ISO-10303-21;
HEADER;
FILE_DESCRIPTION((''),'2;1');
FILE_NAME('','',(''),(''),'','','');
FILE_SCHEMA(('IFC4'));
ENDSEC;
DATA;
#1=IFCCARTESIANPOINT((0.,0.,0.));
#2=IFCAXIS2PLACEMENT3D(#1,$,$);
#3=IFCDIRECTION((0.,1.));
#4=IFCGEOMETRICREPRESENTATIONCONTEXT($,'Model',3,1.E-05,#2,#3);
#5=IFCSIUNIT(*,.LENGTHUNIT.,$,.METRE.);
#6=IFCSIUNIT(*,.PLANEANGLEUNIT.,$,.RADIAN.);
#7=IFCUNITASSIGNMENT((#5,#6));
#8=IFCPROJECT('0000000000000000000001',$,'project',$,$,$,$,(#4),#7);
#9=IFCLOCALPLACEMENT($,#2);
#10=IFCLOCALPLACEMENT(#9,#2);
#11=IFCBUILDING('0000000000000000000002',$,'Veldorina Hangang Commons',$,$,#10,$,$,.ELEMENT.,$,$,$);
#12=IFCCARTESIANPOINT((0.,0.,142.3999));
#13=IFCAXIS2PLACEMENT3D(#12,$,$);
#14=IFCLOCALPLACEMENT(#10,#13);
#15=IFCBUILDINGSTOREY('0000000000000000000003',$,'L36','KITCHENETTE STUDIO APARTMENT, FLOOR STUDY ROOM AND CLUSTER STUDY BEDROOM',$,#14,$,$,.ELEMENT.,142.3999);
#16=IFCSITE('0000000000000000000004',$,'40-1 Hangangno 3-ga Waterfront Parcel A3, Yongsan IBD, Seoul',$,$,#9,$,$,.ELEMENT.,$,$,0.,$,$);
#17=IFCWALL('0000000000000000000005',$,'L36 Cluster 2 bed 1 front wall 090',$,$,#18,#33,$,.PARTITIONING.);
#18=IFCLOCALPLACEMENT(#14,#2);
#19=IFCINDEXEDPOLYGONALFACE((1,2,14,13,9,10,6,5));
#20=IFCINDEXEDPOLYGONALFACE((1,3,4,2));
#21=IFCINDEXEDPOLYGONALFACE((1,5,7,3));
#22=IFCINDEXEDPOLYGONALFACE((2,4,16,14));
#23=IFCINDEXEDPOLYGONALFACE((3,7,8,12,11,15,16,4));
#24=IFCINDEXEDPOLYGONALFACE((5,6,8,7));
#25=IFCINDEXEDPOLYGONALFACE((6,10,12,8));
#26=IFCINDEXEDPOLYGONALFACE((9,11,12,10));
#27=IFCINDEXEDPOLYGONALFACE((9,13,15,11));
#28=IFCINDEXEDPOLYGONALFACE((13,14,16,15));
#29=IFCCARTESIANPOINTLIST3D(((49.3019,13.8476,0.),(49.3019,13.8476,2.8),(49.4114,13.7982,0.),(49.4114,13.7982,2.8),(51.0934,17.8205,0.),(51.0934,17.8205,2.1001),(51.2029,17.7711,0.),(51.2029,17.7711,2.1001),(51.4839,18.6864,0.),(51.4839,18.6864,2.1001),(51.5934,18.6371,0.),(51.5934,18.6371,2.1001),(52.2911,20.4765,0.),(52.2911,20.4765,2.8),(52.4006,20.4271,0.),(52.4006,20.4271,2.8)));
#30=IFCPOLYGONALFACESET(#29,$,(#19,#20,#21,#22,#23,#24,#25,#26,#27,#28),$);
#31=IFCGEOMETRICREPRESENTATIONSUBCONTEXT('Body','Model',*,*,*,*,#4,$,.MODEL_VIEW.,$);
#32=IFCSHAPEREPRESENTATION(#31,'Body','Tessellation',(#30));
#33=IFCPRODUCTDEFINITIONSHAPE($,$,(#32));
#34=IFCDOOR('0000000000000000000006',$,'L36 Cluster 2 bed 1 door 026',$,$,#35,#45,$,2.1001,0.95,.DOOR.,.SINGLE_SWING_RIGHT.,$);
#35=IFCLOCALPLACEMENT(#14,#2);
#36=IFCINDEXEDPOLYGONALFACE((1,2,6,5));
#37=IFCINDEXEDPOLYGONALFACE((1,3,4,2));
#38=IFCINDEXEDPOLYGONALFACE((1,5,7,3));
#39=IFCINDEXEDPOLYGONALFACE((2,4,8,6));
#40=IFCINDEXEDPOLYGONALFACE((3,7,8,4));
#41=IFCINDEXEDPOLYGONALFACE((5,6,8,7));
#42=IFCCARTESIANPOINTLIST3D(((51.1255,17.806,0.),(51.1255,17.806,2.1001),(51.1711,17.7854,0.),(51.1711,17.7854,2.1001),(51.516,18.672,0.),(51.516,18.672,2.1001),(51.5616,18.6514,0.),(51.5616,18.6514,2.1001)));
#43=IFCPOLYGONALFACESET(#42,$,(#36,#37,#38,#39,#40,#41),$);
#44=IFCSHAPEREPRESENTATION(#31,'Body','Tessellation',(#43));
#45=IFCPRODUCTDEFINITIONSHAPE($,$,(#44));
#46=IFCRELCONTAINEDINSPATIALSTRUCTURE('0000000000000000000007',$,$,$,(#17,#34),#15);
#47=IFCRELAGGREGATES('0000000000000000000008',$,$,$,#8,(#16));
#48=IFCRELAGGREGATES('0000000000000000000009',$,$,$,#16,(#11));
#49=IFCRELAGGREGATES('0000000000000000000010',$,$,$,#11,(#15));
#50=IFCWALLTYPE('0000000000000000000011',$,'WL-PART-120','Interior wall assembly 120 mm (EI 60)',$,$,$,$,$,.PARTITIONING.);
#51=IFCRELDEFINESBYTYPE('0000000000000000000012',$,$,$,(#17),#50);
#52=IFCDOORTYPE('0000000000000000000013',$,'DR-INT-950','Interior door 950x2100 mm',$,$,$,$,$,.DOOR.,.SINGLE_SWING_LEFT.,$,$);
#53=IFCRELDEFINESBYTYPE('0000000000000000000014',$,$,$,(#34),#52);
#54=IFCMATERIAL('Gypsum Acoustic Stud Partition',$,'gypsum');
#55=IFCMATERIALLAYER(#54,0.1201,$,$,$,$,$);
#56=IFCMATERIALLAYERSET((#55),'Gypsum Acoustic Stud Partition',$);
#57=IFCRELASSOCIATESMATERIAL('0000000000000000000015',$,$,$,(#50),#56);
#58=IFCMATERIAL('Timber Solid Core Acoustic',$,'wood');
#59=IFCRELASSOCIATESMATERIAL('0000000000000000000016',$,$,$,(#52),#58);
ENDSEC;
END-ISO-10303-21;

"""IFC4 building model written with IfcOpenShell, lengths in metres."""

from ifc_helpers import new_model, si_unit, direction, frame, frame_2d, origin, place, context, subcontext, project, spatial, rectangle, extrude, material, layer, layer_set, type_object, element, fill, save


model = new_model("IFC4")

# Units and contexts
model_context = context("Model", 3, precision=1e-05, world=origin(), true_north=direction((0.0, 1.0)))
body_context = subcontext(model_context, "Body", "Model", "MODEL_VIEW")
ifc_project = project(units=[si_unit("LENGTHUNIT", "METRE"), si_unit("PLANEANGLEUNIT", "RADIAN")], contexts=[model_context])

# Site, building, storey
site_placement = place(None, origin())
site = spatial("IfcSite", under=ifc_project, at=site_placement, Name="40-1 Hangangno 3-ga Waterfront Parcel A3, Yongsan IBD, Seoul", CompositionType="ELEMENT", RefElevation=0.0)
building_placement = place(site_placement, origin())
building = spatial("IfcBuilding", under=site, at=building_placement, Name="Veldorina Hangang Commons", CompositionType="ELEMENT")
storey_placement = place(building_placement, frame((0.0, 0.0, 142.3999)))
storey = spatial("IfcBuildingStorey", under=building, at=storey_placement, Name="L36", Description="KITCHENETTE STUDIO APARTMENT, FLOOR STUDY ROOM AND CLUSTER STUDY BEDROOM", CompositionType="ELEMENT", Elevation=142.3999)

# Shared definitions
ifc_material_1 = material(Name="Gypsum Acoustic Stud Partition", Category="gypsum")
ifc_layer_1 = layer(ifc_material_1, 0.1201)
ifc_layer_set_1 = layer_set([ifc_layer_1], Name="Gypsum Acoustic Stud Partition")
wall_type = type_object("IfcWallType", Name="WL-PART-120", Description="Interior wall assembly 120 mm (EI 60)", PredefinedType="PARTITIONING", material=ifc_layer_set_1)

# Wall, opening, door
wall_1_placement = place(storey_placement, frame((49.3567, 13.823, 0.0), z_axis=(0.0, 0.0, 1.0), x_axis=(0.411079, 0.9116, 0.0)))
wall_1 = element("IfcWall", 1, at=wall_1_placement, inside=storey, type_object=wall_type, Name="L36 Cluster 2 bed 1 front wall 090", PredefinedType="PARTITIONING", context=body_context, shape_type="SweptSolid", body=[
    extrude(rectangle(XDim=7.2717, YDim=0.1201, at=frame_2d((3.6357, 0.0))), origin(), (0.0, 0.0, 1.0), 2.8),
])
opening_placement = place(wall_1_placement, frame((4.3579, 0.0, 0.0)))
opening = element("IfcOpeningElement", 2, at=opening_placement, cuts=wall_1, PredefinedType="OPENING", context=body_context, shape_type="SweptSolid", body=[
    extrude(rectangle(XDim=0.95, YDim=2.1001, at=frame_2d((0.4751, 1.05))), frame((0.0, 0.0701, 0.0), z_axis=(0.0, -1.0, 0.0), x_axis=(1.0, 0.0, 0.0)), (0.0, 0.0, 1.0), 0.1401),
])
ifc_material_2 = material(Name="Timber Solid Core Acoustic", Category="wood")
door_type = type_object("IfcDoorType", Name="DR-INT-950", Description="Interior door 950x2100 mm", OperationType="SINGLE_SWING_LEFT", PredefinedType="DOOR", material=ifc_material_2)
door_placement = place(opening_placement, origin())
door = element("IfcDoor", 3, at=door_placement, inside=storey, type_object=door_type, Name="L36 Cluster 2 bed 1 door 026", OperationType="SINGLE_SWING_RIGHT", OverallHeight=2.1001, OverallWidth=0.95, PredefinedType="DOOR", context=body_context, shape_type="SweptSolid", body=[
    extrude(rectangle(XDim=0.95, YDim=2.1001, at=frame_2d((0.4751, 1.05))), frame((0.0, 0.0249, 0.0), z_axis=(0.0, -1.0, 0.0), x_axis=(1.0, 0.0, 0.0)), (0.0, 0.0, 1.0), 0.05),
])
fill(opening, door)

save(model, "model.ifc")
